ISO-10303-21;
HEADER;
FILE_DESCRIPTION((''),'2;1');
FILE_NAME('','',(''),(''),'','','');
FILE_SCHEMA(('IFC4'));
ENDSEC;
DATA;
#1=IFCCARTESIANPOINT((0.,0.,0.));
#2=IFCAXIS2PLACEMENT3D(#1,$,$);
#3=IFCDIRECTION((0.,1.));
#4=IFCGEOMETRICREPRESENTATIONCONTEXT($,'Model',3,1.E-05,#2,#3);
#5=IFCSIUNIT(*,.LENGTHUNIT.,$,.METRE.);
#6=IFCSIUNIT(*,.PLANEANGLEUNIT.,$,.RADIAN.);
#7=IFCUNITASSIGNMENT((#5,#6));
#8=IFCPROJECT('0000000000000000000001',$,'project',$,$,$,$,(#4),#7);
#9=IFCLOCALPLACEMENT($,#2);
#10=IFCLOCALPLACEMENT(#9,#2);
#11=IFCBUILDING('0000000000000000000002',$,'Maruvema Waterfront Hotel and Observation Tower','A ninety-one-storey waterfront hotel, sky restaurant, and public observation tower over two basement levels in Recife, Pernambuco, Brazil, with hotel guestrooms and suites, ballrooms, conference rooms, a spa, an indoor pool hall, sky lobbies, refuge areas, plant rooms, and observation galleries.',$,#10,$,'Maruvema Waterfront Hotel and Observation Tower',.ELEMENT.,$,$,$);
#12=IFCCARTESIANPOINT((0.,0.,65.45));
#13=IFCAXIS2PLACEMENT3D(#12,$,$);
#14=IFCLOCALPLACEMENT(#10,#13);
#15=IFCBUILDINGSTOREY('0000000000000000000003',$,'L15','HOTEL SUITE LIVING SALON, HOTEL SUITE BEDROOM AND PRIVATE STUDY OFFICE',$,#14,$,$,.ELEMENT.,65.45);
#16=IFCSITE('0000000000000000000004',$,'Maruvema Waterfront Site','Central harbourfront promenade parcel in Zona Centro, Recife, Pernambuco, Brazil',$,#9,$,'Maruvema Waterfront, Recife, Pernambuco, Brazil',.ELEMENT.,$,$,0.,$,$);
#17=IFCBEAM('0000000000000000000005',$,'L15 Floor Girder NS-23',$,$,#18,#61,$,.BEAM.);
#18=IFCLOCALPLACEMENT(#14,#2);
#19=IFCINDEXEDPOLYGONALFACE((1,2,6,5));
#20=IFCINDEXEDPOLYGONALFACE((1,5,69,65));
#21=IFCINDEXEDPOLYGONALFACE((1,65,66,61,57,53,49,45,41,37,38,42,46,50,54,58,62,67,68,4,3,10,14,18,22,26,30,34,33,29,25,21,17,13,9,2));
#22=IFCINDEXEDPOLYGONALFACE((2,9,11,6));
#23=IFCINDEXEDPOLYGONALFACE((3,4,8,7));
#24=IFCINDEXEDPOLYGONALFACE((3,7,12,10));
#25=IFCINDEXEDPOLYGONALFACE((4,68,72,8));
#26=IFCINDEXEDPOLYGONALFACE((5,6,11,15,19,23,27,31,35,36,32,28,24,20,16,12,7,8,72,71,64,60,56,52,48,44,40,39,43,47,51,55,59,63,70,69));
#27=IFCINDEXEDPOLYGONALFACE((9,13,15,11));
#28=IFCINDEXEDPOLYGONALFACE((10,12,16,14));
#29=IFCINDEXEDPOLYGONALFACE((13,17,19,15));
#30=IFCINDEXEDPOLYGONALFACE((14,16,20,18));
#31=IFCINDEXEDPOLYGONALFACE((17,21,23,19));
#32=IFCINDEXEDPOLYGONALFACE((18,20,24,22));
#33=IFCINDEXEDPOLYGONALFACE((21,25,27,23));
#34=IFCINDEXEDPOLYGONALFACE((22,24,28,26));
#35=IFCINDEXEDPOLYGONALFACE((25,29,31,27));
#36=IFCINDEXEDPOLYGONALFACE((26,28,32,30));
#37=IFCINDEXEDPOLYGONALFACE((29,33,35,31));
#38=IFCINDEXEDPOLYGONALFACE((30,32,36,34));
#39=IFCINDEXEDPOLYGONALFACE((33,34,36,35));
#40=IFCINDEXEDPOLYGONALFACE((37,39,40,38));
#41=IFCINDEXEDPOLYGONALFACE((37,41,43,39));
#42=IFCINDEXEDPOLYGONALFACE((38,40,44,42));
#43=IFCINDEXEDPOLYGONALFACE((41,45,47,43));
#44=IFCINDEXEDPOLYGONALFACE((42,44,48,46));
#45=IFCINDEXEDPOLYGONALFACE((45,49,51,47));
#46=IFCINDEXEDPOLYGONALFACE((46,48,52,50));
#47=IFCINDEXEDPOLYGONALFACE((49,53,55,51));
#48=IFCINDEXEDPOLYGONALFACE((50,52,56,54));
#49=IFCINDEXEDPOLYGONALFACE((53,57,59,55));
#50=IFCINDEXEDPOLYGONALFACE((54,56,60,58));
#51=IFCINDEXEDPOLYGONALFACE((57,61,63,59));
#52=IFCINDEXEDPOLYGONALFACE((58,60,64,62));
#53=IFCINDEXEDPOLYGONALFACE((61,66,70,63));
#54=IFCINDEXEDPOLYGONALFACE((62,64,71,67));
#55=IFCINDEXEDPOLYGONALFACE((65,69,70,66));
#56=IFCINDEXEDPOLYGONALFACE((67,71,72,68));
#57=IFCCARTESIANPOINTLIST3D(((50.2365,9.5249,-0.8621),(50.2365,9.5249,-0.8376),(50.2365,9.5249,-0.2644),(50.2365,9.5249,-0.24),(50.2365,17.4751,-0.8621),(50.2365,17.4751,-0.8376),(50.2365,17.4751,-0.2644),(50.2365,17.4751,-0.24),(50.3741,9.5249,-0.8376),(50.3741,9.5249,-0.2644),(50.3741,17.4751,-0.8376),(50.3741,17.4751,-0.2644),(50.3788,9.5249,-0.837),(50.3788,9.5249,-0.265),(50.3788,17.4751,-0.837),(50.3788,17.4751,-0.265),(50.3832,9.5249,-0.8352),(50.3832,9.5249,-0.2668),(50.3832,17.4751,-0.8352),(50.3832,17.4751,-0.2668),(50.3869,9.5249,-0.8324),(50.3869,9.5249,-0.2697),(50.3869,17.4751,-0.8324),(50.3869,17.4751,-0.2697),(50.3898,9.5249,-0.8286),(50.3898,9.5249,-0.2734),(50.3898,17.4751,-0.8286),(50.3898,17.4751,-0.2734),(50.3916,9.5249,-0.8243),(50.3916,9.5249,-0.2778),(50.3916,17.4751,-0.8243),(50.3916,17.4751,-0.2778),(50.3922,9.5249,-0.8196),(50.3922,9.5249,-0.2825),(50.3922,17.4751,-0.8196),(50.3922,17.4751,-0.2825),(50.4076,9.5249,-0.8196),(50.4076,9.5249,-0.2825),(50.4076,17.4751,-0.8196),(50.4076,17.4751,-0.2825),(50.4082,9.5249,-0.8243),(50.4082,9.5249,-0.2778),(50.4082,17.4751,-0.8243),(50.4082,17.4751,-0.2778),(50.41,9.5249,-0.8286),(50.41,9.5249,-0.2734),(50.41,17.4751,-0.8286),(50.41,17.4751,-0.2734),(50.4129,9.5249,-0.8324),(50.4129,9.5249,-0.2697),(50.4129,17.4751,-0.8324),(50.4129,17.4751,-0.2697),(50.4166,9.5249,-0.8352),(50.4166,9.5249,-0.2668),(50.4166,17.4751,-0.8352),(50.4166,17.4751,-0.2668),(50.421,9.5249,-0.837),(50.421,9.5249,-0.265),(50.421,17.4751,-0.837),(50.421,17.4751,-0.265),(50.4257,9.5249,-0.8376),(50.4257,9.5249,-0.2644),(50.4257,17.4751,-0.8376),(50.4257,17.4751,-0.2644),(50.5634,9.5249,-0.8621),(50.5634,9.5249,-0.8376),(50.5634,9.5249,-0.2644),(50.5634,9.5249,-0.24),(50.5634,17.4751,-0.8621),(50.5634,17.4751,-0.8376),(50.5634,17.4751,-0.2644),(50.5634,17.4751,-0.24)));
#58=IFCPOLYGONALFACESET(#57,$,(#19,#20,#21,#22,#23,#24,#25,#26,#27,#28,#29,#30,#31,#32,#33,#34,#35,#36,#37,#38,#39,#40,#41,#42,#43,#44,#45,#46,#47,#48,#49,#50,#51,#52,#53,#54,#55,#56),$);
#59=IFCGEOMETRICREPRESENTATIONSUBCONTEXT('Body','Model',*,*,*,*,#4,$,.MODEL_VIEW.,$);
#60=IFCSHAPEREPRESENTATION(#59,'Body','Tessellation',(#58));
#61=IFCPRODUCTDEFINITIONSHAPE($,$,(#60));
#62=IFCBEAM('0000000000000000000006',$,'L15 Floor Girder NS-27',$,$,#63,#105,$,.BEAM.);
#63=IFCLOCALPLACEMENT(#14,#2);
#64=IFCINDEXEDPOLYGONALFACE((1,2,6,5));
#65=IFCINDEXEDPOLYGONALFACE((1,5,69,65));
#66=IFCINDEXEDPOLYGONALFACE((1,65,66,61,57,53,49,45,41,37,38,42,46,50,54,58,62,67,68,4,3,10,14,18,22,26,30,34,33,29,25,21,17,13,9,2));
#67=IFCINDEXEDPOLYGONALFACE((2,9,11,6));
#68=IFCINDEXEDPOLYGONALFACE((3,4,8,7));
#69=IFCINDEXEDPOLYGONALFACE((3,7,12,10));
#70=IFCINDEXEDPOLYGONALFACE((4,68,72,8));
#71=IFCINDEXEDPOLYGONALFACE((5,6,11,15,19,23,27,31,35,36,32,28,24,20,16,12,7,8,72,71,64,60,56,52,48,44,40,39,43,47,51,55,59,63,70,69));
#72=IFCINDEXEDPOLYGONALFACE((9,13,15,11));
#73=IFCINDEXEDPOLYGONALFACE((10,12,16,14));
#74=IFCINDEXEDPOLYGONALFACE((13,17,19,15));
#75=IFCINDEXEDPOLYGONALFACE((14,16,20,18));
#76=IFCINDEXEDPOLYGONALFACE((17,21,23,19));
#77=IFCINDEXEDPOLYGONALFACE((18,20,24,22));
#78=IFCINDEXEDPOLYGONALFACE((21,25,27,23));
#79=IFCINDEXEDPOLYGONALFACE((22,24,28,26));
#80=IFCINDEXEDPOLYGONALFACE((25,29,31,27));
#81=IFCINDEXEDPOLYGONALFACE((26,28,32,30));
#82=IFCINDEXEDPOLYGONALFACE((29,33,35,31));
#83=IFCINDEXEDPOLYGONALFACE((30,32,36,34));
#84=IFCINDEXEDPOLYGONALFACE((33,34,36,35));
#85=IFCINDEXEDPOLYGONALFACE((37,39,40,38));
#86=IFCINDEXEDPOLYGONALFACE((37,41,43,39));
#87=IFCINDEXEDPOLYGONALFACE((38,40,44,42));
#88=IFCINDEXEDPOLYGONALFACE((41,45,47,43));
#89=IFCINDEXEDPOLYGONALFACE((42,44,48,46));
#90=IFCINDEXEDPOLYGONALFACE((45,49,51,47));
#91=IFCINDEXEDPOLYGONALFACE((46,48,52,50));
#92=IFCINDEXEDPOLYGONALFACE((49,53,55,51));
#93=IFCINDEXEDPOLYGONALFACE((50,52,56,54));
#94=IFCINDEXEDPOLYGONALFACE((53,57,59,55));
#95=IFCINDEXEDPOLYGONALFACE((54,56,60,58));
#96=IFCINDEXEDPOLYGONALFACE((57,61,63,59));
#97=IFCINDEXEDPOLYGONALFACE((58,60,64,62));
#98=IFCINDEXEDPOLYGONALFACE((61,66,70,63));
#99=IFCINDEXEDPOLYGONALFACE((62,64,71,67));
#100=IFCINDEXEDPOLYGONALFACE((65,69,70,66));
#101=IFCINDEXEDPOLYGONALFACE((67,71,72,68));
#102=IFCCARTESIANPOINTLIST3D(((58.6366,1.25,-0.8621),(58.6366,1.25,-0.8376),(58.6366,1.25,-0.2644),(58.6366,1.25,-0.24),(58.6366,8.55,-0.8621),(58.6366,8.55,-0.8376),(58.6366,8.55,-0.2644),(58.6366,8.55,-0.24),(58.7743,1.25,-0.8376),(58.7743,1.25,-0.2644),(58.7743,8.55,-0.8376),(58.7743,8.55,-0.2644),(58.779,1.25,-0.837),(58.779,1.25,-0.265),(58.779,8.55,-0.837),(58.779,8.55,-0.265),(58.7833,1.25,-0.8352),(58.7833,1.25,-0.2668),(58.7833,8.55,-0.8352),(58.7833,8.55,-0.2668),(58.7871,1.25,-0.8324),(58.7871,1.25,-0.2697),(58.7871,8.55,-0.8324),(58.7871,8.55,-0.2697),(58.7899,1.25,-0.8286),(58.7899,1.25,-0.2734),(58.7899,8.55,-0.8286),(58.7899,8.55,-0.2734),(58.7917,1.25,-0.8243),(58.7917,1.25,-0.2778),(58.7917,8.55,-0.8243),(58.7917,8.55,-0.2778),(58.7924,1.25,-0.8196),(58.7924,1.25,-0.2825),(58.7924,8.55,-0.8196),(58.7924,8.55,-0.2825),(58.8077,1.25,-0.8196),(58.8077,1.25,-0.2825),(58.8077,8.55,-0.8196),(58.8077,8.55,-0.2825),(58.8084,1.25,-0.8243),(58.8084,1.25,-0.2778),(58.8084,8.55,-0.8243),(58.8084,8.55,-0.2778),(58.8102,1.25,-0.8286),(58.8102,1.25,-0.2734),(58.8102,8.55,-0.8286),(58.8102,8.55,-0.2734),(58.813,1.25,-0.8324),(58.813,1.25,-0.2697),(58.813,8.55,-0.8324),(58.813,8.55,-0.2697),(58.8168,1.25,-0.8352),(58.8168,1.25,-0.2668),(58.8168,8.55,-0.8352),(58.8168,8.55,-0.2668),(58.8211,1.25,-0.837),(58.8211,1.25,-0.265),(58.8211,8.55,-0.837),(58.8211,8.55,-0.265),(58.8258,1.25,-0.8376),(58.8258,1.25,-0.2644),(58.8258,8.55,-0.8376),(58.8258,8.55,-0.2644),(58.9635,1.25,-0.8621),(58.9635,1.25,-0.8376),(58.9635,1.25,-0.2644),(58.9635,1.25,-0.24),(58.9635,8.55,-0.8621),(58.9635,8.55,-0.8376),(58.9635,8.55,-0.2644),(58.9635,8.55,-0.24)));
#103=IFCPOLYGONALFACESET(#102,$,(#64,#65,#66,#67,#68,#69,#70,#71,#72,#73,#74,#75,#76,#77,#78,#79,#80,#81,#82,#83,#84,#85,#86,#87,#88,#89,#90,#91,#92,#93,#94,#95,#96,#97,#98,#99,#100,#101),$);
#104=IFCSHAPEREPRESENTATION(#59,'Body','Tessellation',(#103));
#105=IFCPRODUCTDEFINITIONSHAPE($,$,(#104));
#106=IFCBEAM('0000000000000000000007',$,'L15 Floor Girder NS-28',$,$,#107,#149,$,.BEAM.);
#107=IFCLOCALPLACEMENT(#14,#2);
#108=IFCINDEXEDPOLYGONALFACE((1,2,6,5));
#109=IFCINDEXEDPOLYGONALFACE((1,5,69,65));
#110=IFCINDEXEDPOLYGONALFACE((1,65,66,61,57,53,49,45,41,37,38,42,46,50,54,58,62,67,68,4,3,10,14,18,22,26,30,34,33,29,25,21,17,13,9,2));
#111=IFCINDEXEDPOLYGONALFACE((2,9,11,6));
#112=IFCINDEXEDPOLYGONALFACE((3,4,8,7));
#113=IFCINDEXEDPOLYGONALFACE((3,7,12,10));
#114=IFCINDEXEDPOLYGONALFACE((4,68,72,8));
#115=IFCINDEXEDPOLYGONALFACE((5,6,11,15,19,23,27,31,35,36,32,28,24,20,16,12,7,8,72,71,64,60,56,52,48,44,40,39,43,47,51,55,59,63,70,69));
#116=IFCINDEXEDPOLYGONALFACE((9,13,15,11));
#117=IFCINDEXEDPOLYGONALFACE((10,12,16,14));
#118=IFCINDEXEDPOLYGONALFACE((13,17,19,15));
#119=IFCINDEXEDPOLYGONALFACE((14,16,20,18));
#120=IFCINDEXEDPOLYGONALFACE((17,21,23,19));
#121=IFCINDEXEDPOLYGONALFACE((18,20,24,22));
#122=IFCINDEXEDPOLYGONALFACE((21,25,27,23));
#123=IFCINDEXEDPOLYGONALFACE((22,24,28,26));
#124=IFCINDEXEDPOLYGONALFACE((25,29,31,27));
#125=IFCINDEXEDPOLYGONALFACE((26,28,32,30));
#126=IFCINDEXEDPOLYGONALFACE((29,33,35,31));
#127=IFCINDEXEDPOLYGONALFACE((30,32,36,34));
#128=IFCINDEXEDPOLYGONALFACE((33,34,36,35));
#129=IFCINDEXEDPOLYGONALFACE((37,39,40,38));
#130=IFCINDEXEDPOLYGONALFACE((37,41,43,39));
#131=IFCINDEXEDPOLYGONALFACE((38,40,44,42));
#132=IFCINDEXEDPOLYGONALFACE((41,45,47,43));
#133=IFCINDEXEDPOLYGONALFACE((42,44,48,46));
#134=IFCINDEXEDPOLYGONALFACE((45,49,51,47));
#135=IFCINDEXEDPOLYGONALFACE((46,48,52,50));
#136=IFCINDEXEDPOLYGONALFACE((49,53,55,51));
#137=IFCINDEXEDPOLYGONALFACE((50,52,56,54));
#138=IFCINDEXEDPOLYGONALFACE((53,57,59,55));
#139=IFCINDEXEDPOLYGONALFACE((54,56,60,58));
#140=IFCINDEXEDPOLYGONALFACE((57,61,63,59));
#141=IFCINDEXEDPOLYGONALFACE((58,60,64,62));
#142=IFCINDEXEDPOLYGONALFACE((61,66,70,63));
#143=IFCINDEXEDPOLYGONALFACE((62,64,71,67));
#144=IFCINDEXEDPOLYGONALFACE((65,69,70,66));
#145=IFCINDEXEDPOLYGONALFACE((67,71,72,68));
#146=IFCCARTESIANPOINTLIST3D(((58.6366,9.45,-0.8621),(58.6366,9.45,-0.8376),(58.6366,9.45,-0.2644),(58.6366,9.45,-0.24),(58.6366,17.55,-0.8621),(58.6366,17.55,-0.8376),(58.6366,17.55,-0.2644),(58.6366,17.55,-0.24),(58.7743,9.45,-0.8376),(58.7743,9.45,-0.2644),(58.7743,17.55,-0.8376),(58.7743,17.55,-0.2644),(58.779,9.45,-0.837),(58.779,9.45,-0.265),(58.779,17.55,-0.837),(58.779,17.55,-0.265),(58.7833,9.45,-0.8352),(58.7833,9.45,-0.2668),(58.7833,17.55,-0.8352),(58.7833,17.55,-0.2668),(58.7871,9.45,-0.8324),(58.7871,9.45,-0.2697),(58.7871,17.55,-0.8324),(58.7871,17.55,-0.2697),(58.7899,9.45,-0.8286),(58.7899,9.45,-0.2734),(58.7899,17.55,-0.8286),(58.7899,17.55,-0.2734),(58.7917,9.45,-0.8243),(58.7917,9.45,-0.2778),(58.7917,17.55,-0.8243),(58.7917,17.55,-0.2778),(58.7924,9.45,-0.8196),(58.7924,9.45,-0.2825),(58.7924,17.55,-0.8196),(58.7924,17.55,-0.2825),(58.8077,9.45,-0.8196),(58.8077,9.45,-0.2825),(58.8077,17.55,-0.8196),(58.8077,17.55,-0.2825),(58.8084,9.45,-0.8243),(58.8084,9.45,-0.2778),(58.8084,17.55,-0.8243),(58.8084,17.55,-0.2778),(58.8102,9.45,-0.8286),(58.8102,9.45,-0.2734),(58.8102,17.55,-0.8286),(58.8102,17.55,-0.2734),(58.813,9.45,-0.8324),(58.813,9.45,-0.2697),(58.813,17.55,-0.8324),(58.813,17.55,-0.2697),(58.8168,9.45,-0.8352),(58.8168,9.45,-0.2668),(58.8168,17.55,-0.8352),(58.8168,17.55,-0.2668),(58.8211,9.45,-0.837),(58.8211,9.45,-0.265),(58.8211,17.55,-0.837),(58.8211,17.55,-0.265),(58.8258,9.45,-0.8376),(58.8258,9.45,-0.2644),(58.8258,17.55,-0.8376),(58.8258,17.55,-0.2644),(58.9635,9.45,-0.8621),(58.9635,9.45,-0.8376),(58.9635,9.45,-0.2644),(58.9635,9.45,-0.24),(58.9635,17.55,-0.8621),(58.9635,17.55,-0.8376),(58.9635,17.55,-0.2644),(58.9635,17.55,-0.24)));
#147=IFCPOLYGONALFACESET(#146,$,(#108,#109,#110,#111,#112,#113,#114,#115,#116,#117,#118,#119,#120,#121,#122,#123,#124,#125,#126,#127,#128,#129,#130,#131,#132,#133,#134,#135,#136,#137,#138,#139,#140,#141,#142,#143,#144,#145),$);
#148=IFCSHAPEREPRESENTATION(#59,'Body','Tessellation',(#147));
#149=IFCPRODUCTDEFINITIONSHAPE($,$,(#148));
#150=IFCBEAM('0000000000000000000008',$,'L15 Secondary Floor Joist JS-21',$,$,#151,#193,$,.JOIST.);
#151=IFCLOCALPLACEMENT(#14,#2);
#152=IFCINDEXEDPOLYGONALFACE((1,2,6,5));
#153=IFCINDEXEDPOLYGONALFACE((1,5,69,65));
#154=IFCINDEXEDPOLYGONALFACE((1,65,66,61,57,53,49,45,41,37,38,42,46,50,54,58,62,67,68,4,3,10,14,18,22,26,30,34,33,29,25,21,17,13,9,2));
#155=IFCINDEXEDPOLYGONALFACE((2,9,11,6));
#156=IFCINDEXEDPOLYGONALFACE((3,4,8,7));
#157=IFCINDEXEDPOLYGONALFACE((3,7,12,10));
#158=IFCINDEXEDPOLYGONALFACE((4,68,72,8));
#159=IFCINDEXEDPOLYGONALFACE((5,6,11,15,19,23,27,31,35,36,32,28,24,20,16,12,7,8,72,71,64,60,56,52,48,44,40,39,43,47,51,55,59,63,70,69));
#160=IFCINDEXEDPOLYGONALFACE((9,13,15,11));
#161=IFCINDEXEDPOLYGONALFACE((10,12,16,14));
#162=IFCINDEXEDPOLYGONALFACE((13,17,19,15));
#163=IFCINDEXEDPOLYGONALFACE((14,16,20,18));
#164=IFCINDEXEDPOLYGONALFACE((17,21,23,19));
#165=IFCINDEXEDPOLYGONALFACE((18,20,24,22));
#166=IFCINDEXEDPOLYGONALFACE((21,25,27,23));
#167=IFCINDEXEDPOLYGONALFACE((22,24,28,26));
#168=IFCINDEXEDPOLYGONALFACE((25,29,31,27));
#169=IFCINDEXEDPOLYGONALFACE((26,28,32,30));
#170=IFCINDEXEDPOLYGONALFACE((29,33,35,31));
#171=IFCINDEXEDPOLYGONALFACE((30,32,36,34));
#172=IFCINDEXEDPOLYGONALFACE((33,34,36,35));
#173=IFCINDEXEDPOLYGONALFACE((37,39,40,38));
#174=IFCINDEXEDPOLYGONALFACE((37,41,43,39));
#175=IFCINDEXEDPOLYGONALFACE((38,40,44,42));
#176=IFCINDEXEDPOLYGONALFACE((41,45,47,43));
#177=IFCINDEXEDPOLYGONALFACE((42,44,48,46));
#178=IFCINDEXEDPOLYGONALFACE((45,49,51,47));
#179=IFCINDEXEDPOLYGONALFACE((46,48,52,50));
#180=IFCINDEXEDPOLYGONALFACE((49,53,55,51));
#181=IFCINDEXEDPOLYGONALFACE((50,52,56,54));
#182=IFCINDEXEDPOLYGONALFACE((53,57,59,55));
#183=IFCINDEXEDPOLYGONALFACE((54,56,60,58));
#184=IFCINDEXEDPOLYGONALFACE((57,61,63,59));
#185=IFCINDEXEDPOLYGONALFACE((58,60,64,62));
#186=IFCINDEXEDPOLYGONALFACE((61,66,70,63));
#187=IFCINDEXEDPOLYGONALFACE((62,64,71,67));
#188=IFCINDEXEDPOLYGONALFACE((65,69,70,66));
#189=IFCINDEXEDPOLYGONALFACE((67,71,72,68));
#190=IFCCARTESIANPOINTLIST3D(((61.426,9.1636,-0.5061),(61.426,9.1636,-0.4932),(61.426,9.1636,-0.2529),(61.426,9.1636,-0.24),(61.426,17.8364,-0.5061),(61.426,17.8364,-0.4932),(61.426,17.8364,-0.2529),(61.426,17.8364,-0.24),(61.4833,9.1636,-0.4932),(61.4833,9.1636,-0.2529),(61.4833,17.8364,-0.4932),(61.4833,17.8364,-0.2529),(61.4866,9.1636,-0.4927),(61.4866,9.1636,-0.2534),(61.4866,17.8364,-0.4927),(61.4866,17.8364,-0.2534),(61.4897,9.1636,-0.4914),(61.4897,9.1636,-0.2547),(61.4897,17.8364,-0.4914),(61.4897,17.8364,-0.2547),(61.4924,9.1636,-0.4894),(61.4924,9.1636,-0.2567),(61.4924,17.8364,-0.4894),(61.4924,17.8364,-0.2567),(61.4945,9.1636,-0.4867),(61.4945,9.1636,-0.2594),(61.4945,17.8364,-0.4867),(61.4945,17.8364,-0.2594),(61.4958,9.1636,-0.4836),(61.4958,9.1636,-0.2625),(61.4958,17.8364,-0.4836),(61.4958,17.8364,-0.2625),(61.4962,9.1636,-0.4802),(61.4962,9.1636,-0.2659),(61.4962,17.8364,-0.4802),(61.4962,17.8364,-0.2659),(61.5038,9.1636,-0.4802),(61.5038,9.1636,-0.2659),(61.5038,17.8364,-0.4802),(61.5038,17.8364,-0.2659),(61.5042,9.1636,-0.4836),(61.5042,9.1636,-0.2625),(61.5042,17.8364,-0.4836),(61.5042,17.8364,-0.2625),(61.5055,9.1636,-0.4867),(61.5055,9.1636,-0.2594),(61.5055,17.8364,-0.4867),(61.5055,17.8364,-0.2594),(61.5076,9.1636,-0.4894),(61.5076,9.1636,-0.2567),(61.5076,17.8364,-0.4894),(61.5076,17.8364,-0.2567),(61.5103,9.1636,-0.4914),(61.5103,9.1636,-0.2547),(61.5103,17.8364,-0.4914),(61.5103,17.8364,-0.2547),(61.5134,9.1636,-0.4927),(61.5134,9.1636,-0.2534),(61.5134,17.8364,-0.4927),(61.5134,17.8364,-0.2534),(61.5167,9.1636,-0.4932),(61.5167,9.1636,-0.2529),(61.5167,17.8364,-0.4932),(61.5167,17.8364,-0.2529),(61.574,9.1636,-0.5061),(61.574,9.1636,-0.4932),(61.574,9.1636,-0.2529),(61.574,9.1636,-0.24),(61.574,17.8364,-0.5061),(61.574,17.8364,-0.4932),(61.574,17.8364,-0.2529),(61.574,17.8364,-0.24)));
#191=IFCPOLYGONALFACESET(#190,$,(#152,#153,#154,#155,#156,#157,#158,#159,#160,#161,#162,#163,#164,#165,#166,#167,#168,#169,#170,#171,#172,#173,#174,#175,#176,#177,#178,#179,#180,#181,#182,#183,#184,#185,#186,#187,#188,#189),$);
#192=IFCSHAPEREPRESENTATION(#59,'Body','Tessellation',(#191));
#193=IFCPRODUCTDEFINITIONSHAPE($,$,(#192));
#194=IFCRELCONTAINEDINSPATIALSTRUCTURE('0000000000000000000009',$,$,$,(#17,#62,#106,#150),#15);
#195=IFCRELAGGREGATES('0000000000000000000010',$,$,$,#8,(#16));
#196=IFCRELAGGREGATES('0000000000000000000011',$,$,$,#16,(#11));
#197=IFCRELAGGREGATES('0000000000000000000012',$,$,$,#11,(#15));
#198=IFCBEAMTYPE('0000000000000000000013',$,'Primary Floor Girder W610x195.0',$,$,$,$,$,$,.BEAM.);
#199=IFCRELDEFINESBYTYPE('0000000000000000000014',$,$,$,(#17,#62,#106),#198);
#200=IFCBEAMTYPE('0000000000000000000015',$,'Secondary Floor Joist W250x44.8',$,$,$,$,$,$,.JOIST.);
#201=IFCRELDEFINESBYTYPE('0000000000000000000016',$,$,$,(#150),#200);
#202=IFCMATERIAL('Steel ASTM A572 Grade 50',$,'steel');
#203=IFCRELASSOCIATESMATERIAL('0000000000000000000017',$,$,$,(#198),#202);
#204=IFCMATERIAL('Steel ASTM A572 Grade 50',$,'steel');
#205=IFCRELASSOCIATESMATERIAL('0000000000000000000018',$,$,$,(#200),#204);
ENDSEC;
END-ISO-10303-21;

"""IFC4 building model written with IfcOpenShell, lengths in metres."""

from ifc_helpers import new_model, si_unit, direction, frame, origin, origin_2d, place, context, subcontext, project, spatial, i_section, extrude, material, material_profile, profile_set, type_object, element, save


model = new_model("IFC4")

# Units and contexts
model_context = context("Model", 3, precision=1e-05, world=origin(), true_north=direction((0.0, 1.0)))
body_context = subcontext(model_context, "Body", "Model", "MODEL_VIEW")
ifc_project = project(units=[si_unit("LENGTHUNIT", "METRE"), si_unit("PLANEANGLEUNIT", "RADIAN")], contexts=[model_context])

# Site, building, storey
site_placement = place(None, origin())
site = spatial("IfcSite", under=ifc_project, at=site_placement, Name="Maruvema Waterfront Site", Description="Central harbourfront promenade parcel in Zona Centro, Recife, Pernambuco, Brazil", LongName="Maruvema Waterfront, Recife, Pernambuco, Brazil", CompositionType="ELEMENT", RefElevation=0.0)
building_placement = place(site_placement, origin())
building = spatial("IfcBuilding", under=site, at=building_placement, Name="Maruvema Waterfront Hotel and Observation Tower", Description="A ninety-one-storey waterfront hotel, sky restaurant, and public observation tower over two basement levels in Recife, Pernambuco, Brazil, with hotel guestrooms and suites, ballrooms, conference rooms, a spa, an indoor pool hall, sky lobbies, refuge areas, plant rooms, and observation galleries.", LongName="Maruvema Waterfront Hotel and Observation Tower", CompositionType="ELEMENT")
storey_placement = place(building_placement, frame((0.0, 0.0, 65.45)))
storey = spatial("IfcBuildingStorey", under=building, at=storey_placement, Name="L15", Description="HOTEL SUITE LIVING SALON, HOTEL SUITE BEDROOM AND PRIVATE STUDY OFFICE", CompositionType="ELEMENT", Elevation=65.45)

# Beams
ifc_material_1 = material(Name="Steel ASTM A572 Grade 50", Category="steel")
ifc_material_profile_1 = material_profile(ifc_material_1, i_section(OverallWidth=0.3269, OverallDepth=0.6221, WebThickness=0.0154, FlangeThickness=0.0244, FilletRadius=0.0181, at=origin_2d()), Name="W610x195.0")
ifc_profile_set_1 = profile_set([ifc_material_profile_1], Name="Steel ASTM A572 Grade 50")
beam_type_1 = type_object("IfcBeamType", Name="Primary Floor Girder W610x195.0", PredefinedType="BEAM", material=ifc_profile_set_1)
beam_1_placement = place(storey_placement, frame((50.3999, 9.5249, -0.551), z_axis=(0.0, 1.0, 0.0), x_axis=(-1.0, 0.0, 0.0)))
element("IfcBeam", 1, at=beam_1_placement, inside=storey, type_object=beam_type_1, Name="L15 Floor Girder NS-23", PredefinedType="BEAM", context=body_context, shape_type="SweptSolid", body=[
    extrude(i_section(OverallWidth=0.3269, OverallDepth=0.6221, WebThickness=0.0154, FlangeThickness=0.0244, FilletRadius=0.0181, at=origin_2d()), origin(), (0.0, 0.0, 1.0), 7.9502),
])
beam_2_placement = place(storey_placement, frame((58.8, 1.25, -0.551), z_axis=(0.0, 1.0, 0.0), x_axis=(-1.0, 0.0, 0.0)))
element("IfcBeam", 2, at=beam_2_placement, inside=storey, type_object=beam_type_1, Name="L15 Floor Girder NS-27", PredefinedType="BEAM", context=body_context, shape_type="SweptSolid", body=[
    extrude(i_section(OverallWidth=0.3269, OverallDepth=0.6221, WebThickness=0.0154, FlangeThickness=0.0244, FilletRadius=0.0181, at=origin_2d()), origin(), (0.0, 0.0, 1.0), 7.3),
])
beam_3_placement = place(storey_placement, frame((58.8, 9.45, -0.551), z_axis=(0.0, 1.0, 0.0), x_axis=(-1.0, 0.0, 0.0)))
element("IfcBeam", 3, at=beam_3_placement, inside=storey, type_object=beam_type_1, Name="L15 Floor Girder NS-28", PredefinedType="BEAM", context=body_context, shape_type="SweptSolid", body=[
    extrude(i_section(OverallWidth=0.3269, OverallDepth=0.6221, WebThickness=0.0154, FlangeThickness=0.0244, FilletRadius=0.0181, at=origin_2d()), origin(), (0.0, 0.0, 1.0), 8.1001),
])
ifc_material_2 = material(Name="Steel ASTM A572 Grade 50", Category="steel")
ifc_material_profile_2 = material_profile(ifc_material_2, i_section(OverallWidth=0.1479, OverallDepth=0.2661, WebThickness=0.0076, FlangeThickness=0.0129, FilletRadius=0.0129, at=origin_2d()), Name="W250x44.8")
ifc_profile_set_2 = profile_set([ifc_material_profile_2], Name="Steel ASTM A572 Grade 50")
beam_type_2 = type_object("IfcBeamType", Name="Secondary Floor Joist W250x44.8", PredefinedType="JOIST", material=ifc_profile_set_2)
beam_4_placement = place(storey_placement, frame((61.5, 9.1636, -0.373), z_axis=(0.0, 1.0, 0.0), x_axis=(-1.0, 0.0, 0.0)))
element("IfcBeam", 4, at=beam_4_placement, inside=storey, type_object=beam_type_2, Name="L15 Secondary Floor Joist JS-21", PredefinedType="JOIST", context=body_context, shape_type="SweptSolid", body=[
    extrude(i_section(OverallWidth=0.1479, OverallDepth=0.2661, WebThickness=0.0076, FlangeThickness=0.0129, FilletRadius=0.0129, at=origin_2d()), origin(), (0.0, 0.0, 1.0), 8.6729),
])

save(model, "model.ifc")
